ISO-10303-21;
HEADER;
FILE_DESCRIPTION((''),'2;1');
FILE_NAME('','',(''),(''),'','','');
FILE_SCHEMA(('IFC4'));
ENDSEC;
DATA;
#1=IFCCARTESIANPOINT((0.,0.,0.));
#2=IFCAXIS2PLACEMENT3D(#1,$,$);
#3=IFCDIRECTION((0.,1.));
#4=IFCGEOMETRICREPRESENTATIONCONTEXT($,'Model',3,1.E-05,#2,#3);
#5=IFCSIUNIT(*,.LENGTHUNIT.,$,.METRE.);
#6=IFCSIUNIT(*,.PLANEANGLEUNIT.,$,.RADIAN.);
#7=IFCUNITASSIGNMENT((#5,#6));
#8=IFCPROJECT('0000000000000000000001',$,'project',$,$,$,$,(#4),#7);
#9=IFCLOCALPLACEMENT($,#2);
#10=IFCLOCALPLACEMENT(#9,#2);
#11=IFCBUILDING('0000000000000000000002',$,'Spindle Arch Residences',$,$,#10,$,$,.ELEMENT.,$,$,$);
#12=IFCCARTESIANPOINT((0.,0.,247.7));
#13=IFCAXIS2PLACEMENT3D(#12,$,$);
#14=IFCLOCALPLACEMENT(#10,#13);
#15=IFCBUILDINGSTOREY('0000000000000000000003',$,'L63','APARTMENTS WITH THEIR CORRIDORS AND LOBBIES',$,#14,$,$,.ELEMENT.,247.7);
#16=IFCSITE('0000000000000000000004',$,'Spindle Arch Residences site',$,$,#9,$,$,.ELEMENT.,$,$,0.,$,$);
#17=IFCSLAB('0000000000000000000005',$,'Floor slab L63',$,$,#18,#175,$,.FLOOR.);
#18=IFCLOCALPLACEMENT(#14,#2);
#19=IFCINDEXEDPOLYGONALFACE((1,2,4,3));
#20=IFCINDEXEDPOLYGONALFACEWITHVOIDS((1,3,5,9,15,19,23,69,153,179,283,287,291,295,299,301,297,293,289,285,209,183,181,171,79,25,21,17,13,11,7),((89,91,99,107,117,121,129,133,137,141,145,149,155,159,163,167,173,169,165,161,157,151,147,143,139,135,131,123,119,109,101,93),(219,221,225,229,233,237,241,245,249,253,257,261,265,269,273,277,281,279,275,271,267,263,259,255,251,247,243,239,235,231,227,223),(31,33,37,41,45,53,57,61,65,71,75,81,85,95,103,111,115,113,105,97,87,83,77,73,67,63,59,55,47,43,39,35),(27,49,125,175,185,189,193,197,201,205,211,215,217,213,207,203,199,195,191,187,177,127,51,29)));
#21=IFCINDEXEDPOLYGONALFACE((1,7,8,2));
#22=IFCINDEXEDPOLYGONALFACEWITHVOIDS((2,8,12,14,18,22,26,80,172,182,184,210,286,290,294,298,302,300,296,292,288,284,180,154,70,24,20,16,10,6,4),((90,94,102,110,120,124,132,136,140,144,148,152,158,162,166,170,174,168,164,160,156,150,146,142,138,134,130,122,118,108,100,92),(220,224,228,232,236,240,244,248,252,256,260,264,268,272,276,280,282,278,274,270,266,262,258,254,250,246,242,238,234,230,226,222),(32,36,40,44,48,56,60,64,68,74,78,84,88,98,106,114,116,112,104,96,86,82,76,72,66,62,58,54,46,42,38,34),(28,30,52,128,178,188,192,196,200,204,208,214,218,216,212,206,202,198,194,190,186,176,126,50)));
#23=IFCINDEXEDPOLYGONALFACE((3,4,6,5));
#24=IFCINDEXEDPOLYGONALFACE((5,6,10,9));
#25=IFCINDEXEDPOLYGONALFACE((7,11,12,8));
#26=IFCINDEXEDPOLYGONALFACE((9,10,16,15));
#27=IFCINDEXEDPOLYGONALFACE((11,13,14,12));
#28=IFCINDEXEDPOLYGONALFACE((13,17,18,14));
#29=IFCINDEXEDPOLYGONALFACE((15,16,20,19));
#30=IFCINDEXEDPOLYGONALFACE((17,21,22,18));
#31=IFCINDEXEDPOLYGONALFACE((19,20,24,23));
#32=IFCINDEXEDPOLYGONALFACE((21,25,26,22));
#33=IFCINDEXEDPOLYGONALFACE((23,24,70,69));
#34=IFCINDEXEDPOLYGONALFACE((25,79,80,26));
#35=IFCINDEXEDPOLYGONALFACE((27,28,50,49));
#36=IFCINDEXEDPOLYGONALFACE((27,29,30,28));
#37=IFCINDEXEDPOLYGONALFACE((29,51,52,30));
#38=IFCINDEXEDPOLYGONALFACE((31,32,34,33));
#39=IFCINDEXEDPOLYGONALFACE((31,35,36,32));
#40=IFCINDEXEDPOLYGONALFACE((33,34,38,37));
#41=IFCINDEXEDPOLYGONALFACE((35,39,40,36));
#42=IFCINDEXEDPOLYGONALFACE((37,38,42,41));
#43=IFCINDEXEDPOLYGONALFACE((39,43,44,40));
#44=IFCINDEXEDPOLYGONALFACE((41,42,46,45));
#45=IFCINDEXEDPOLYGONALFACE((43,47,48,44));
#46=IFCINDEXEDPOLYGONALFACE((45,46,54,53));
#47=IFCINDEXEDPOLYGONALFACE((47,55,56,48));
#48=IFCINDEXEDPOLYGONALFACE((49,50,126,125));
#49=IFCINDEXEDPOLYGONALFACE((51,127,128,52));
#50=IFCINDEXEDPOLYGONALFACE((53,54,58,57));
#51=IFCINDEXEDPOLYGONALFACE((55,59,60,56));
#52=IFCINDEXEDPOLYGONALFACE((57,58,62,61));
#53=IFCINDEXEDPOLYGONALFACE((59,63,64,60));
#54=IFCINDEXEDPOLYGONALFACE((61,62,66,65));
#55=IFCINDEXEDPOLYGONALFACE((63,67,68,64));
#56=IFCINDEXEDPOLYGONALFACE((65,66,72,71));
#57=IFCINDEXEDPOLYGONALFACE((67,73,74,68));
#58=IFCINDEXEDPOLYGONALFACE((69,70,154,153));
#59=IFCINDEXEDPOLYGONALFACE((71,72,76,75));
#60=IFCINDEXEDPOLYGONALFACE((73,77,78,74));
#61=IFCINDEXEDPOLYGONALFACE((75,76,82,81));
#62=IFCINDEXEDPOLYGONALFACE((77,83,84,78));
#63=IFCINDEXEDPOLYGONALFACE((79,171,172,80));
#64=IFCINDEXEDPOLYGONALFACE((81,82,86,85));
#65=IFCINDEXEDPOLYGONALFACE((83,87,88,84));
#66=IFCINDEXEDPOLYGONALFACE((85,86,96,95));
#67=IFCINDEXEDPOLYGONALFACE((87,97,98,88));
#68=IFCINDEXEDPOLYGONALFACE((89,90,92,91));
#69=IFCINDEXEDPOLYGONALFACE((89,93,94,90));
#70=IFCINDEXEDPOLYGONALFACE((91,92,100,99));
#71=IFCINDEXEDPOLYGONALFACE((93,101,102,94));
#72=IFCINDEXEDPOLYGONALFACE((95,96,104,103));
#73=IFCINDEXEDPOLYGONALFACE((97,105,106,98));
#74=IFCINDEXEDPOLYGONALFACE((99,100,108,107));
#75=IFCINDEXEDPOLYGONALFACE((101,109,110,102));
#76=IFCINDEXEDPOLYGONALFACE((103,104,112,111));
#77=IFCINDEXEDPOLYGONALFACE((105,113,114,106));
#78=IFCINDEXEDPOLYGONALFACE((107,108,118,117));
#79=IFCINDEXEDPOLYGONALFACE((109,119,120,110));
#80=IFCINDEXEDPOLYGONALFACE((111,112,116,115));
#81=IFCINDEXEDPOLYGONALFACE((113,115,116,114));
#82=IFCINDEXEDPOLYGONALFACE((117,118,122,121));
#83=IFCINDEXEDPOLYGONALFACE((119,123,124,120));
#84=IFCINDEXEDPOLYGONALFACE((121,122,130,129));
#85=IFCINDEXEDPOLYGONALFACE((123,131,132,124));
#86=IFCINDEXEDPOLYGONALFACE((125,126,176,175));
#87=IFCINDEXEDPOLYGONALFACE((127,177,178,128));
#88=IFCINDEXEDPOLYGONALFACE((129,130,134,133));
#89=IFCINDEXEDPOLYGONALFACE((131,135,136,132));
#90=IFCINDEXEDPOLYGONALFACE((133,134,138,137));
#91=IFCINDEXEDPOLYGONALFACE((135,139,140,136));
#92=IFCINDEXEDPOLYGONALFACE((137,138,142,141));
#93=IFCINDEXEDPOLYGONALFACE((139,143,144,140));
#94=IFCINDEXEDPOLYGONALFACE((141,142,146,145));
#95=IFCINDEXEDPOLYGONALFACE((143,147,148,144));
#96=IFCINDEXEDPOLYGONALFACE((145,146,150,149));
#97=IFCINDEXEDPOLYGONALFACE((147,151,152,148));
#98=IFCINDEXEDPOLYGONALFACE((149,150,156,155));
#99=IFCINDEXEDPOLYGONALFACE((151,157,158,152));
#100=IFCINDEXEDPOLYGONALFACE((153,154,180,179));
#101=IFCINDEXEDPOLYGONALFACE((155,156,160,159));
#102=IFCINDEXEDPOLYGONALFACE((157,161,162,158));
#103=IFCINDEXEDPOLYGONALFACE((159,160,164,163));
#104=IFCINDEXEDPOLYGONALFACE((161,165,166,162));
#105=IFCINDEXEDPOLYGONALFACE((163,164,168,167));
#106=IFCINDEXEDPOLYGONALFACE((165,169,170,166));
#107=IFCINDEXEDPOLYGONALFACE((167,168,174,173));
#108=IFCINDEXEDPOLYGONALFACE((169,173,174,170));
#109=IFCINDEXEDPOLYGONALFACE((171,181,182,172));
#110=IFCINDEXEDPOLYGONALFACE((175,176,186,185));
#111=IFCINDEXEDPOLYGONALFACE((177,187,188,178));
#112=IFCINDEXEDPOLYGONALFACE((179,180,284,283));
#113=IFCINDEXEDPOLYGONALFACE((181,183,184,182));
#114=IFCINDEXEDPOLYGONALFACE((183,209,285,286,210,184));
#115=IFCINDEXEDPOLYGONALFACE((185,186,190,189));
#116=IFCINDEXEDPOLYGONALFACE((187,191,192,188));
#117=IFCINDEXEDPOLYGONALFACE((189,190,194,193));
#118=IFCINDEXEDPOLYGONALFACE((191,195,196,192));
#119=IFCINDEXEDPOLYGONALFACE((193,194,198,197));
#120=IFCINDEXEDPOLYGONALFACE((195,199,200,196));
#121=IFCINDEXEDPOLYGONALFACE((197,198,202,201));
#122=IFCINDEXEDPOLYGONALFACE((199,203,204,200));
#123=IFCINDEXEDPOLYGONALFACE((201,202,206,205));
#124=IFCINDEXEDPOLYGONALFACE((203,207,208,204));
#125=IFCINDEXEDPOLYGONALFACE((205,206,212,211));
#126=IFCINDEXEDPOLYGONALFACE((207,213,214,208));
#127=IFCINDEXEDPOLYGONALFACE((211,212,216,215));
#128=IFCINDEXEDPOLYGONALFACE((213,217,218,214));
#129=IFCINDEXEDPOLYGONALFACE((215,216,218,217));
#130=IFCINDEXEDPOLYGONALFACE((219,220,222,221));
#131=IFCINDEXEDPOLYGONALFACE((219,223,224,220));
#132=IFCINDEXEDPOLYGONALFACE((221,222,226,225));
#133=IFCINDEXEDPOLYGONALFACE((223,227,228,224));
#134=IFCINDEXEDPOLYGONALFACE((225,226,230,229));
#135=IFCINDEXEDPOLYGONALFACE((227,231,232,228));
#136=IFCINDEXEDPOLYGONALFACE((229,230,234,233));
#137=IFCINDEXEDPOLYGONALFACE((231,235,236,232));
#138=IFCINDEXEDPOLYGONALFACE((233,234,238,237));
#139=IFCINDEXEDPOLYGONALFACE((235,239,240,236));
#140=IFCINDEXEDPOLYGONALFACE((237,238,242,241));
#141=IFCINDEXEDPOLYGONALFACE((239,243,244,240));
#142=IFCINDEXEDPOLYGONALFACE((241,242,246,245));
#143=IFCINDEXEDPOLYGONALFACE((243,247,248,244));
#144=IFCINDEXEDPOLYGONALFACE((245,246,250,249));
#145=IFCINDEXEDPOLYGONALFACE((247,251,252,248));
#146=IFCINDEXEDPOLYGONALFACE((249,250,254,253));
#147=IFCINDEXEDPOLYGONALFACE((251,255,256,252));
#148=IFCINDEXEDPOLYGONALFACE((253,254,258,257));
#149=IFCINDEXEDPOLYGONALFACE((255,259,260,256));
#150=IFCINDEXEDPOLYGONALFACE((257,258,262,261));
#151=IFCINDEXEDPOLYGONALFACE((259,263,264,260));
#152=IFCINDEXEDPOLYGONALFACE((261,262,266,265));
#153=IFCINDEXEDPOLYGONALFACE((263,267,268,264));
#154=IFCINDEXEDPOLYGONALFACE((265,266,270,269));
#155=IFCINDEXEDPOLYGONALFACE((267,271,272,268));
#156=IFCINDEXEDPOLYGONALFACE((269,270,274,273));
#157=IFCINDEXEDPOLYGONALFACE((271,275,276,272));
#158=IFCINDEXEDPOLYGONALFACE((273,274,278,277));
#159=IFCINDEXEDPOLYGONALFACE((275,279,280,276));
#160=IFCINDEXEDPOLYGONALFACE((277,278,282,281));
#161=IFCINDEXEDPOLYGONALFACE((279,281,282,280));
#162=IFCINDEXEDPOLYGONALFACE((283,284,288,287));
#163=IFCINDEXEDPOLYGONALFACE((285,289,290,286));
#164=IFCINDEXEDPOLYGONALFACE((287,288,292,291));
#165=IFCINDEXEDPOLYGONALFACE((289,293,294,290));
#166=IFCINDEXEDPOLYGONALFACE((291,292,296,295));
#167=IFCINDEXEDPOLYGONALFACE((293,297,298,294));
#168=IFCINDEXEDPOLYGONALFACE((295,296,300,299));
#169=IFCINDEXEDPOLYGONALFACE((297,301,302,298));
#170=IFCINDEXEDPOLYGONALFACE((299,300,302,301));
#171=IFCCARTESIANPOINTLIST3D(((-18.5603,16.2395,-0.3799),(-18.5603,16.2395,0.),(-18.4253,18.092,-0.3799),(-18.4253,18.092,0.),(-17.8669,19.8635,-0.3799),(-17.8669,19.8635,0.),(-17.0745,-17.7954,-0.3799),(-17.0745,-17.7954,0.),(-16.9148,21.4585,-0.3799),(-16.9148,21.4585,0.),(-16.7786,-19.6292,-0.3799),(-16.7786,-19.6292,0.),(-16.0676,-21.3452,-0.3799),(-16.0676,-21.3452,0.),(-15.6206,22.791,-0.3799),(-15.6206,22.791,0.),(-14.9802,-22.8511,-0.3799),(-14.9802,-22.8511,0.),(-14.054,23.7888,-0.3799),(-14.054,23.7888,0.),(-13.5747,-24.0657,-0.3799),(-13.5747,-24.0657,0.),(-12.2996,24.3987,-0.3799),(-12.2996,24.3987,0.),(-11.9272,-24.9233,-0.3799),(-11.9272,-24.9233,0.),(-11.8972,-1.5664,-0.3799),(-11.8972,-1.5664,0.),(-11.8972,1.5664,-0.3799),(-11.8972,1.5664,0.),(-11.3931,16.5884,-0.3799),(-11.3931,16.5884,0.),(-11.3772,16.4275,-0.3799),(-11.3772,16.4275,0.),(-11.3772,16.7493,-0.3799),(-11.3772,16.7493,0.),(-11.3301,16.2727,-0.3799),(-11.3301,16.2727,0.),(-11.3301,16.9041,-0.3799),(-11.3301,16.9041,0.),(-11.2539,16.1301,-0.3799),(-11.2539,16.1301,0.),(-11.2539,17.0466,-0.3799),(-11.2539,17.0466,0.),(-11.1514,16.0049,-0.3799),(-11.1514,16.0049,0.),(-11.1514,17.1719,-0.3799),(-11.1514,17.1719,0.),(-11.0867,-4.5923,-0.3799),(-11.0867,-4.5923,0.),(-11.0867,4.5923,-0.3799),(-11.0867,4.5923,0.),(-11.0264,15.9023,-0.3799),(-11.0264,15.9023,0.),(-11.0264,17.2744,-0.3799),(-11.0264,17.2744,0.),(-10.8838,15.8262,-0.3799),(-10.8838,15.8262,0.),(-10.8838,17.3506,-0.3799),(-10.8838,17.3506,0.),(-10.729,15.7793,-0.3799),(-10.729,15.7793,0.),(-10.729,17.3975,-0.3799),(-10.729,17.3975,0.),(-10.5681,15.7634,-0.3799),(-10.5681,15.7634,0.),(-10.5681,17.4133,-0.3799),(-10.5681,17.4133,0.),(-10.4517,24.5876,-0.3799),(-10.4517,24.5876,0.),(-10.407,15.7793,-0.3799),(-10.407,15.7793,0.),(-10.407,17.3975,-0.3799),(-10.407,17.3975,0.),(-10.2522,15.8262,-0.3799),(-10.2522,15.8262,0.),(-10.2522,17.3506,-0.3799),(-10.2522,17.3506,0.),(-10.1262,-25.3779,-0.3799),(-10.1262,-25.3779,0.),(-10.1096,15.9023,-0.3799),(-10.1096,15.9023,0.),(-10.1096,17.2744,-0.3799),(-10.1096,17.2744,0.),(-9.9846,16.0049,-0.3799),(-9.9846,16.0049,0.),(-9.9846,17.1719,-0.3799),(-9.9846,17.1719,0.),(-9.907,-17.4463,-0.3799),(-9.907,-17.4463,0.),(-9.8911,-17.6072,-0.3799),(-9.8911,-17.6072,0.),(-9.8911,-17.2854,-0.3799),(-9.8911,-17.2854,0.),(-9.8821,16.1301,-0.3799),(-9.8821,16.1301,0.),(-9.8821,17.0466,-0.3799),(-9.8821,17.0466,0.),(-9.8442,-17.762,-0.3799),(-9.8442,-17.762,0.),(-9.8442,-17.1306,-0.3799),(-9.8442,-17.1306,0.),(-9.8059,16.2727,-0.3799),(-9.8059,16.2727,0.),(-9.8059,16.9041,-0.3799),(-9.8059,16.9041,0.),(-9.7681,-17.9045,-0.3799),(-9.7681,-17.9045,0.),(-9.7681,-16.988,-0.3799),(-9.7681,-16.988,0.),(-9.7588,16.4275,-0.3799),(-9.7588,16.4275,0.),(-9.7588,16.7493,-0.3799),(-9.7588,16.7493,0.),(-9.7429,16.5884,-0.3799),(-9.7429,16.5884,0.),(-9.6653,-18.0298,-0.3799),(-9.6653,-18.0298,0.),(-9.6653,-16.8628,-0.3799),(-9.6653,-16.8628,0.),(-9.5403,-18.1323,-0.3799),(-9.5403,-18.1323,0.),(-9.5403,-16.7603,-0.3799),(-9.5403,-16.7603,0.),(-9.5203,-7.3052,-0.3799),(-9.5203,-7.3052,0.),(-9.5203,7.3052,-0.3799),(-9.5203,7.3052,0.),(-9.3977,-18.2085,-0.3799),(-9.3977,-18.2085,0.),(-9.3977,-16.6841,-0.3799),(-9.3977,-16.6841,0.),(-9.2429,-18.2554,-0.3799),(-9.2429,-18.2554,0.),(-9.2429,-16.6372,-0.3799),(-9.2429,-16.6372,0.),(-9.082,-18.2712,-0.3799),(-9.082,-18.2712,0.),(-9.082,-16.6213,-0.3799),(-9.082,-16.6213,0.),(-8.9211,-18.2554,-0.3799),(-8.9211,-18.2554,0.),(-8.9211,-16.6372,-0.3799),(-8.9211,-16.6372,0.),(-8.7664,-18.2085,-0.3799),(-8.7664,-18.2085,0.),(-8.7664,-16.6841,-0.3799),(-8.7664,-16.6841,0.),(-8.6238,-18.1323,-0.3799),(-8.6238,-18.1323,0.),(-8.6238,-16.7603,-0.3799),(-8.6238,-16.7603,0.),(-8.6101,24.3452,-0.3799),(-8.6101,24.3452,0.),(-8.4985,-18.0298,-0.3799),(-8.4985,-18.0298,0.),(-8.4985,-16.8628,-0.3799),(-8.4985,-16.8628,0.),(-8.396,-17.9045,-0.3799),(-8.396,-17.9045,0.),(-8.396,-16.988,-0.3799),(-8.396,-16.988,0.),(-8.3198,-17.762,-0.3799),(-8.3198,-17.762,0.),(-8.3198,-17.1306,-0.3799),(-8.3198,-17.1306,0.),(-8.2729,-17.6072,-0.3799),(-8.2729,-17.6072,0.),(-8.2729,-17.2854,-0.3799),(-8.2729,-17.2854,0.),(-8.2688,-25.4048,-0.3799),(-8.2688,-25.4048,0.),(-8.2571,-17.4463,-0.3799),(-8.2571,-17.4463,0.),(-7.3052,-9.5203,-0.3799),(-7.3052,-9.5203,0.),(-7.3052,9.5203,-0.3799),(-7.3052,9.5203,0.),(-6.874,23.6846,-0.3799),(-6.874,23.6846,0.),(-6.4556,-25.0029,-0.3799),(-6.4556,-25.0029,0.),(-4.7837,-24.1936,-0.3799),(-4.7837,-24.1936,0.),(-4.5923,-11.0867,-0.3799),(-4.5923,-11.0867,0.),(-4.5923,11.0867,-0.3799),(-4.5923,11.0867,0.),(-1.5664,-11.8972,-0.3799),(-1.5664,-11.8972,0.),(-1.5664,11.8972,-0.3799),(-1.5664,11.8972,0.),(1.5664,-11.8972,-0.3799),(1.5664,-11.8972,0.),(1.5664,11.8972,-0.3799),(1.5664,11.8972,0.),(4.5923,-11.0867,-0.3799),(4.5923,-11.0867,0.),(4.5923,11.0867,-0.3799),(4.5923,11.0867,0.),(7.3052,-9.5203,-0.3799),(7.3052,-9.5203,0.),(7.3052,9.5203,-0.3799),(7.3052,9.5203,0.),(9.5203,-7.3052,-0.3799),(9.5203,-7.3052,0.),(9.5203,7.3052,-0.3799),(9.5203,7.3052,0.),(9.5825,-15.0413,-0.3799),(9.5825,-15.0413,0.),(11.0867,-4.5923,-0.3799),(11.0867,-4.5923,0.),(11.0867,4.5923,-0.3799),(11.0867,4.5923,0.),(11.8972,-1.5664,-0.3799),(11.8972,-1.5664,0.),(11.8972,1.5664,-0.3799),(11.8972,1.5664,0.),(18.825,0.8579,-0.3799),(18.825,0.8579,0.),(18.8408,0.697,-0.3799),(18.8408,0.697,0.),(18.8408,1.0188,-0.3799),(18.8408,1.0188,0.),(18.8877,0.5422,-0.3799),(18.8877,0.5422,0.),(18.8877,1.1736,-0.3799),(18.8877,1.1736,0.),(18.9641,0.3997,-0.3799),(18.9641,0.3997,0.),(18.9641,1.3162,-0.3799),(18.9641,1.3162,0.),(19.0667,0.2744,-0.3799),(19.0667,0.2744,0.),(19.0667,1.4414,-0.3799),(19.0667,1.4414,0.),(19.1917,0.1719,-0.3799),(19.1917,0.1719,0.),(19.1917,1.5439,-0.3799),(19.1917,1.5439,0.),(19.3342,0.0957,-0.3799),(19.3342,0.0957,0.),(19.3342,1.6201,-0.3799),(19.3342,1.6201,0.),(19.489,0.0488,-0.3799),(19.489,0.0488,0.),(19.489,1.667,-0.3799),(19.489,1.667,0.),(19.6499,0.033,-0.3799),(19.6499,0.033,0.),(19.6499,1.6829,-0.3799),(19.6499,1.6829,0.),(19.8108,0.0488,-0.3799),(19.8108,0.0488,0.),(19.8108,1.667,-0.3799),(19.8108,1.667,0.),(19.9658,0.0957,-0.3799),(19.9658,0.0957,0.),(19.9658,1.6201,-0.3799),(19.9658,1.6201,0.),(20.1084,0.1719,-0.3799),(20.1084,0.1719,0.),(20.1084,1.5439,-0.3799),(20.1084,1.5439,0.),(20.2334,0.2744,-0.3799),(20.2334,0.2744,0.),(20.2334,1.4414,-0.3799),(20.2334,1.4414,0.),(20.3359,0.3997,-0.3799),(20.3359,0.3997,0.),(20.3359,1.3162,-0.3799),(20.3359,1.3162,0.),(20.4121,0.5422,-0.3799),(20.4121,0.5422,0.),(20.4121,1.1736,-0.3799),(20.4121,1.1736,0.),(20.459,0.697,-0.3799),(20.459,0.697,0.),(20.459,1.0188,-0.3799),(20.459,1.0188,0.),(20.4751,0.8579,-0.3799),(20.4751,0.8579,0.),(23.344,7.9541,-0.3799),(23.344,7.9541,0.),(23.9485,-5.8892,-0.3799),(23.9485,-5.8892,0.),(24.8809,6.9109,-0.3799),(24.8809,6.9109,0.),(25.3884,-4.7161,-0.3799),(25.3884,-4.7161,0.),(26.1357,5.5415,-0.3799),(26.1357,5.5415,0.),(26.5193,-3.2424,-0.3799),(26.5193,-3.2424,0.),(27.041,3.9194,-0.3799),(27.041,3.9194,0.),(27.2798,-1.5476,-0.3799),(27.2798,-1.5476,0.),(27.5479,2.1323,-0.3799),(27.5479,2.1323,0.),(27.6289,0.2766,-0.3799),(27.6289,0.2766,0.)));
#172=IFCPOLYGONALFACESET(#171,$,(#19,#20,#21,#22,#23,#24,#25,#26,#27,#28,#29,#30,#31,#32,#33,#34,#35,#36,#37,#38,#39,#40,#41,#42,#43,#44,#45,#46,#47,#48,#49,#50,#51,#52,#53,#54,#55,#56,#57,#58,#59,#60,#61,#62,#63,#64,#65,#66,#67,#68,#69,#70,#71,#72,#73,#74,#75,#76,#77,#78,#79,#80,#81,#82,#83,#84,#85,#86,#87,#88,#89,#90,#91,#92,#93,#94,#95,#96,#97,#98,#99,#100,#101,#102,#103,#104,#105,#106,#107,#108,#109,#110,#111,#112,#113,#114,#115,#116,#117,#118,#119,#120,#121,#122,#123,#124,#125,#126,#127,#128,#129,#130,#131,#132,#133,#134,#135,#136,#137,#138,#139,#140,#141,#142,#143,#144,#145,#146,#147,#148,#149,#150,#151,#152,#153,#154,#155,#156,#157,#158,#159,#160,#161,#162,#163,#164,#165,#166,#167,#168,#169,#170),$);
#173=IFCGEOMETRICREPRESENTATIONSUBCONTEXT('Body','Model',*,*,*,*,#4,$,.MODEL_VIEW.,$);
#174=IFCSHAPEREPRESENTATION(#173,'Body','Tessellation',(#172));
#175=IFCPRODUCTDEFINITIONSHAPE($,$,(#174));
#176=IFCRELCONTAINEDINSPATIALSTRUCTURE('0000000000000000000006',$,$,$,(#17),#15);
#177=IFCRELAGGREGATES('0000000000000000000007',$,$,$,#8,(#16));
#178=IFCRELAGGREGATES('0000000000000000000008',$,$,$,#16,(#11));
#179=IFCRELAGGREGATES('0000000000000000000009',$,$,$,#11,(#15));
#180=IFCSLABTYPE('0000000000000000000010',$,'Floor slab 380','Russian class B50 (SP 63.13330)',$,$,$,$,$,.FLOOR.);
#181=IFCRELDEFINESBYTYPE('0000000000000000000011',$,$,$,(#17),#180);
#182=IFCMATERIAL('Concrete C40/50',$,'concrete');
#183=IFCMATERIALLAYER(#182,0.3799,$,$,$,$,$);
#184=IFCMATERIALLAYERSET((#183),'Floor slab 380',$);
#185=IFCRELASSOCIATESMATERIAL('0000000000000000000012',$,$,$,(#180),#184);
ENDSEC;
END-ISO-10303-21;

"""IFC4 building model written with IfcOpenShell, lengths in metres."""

from ifc_helpers import new_model, si_unit, direction, frame, origin, place, context, subcontext, project, spatial, polyline, outline, extrude, material, layer, layer_set, type_object, element, save


model = new_model("IFC4")

# Units and contexts
model_context = context("Model", 3, precision=1e-05, world=origin(), true_north=direction((0.0, 1.0)))
body_context = subcontext(model_context, "Body", "Model", "MODEL_VIEW")
ifc_project = project(units=[si_unit("LENGTHUNIT", "METRE"), si_unit("PLANEANGLEUNIT", "RADIAN")], contexts=[model_context])

# Site, building, storey
site_placement = place(None, origin())
site = spatial("IfcSite", under=ifc_project, at=site_placement, Name="Spindle Arch Residences site", CompositionType="ELEMENT", RefElevation=0.0)
building_placement = place(site_placement, origin())
building = spatial("IfcBuilding", under=site, at=building_placement, Name="Spindle Arch Residences", CompositionType="ELEMENT")
storey_placement = place(building_placement, frame((0.0, 0.0, 247.7)))
storey = spatial("IfcBuildingStorey", under=building, at=storey_placement, Name="L63", Description="APARTMENTS WITH THEIR CORRIDORS AND LOBBIES", CompositionType="ELEMENT", Elevation=247.7)

# Slab
ifc_material_1 = material(Name="Concrete C40/50", Category="concrete")
ifc_layer_1 = layer(ifc_material_1, 0.3799)
ifc_layer_set_1 = layer_set([ifc_layer_1], Name="Floor slab 380")
slab_type_1 = type_object("IfcSlabType", Name="Floor slab 380", Description="Russian class B50 (SP 63.13330)", PredefinedType="FLOOR", material=ifc_layer_set_1)
slab_1_placement = place(storey_placement, frame((0.0, 0.0, -0.3799)))
element("IfcSlab", 1, at=slab_1_placement, inside=storey, type_object=slab_type_1, Name="Floor slab L63", PredefinedType="FLOOR", context=body_context, shape_type="SweptSolid", body=[
    extrude(outline(polyline([(-6.4556, -25.0029), (-8.2688, -25.4048), (-10.1262, -25.3779), (-11.9272, -24.9233), (-13.5747, -24.0657), (-14.9802, -22.8511), (-16.0676, -21.3452), (-16.7786, -19.6292), (-17.0745, -17.7954), (-18.5603, 16.2395), (-18.4253, 18.092), (-17.8669, 19.8635), (-16.9148, 21.4585), (-15.6206, 22.791), (-14.054, 23.7888), (-12.2996, 24.3987), (-10.4517, 24.5876), (-8.6101, 24.3452), (-6.874, 23.6846), (23.344, 7.9541), (24.8809, 6.9109), (26.1357, 5.5415), (27.041, 3.9194), (27.5479, 2.1323), (27.6289, 0.2766), (27.2798, -1.5476), (26.5193, -3.2424), (25.3884, -4.7161), (23.9485, -5.8892), (9.5825, -15.0413), (-4.7837, -24.1936), (-6.4556, -25.0029)]), holes=[polyline([(7.3052, -9.5203), (9.5203, -7.3052), (11.0867, -4.5923), (11.8972, -1.5664), (11.8972, 1.5664), (11.0867, 4.5923), (9.5203, 7.3052), (7.3052, 9.5203), (4.5923, 11.0867), (1.5664, 11.8972), (-1.5664, 11.8972), (-4.5923, 11.0867), (-7.3052, 9.5203), (-9.5203, 7.3052), (-11.0867, 4.5923), (-11.8972, 1.5664), (-11.8972, -1.5664), (-11.0867, -4.5923), (-9.5203, -7.3052), (-7.3052, -9.5203), (-4.5923, -11.0867), (-1.5664, -11.8972), (1.5664, -11.8972), (4.5923, -11.0867), (7.3052, -9.5203)]), polyline([(-8.396, -17.9045), (-8.3198, -17.762), (-8.2729, -17.6072), (-8.2571, -17.4463), (-8.2729, -17.2854), (-8.3198, -17.1306), (-8.396, -16.988), (-8.4985, -16.8628), (-8.6238, -16.7603), (-8.7664, -16.6841), (-8.9211, -16.6372), (-9.082, -16.6213), (-9.2429, -16.6372), (-9.3977, -16.6841), (-9.5403, -16.7603), (-9.6653, -16.8628), (-9.7681, -16.988), (-9.8442, -17.1306), (-9.8911, -17.2854), (-9.907, -17.4463), (-9.8911, -17.6072), (-9.8442, -17.762), (-9.7681, -17.9045), (-9.6653, -18.0298), (-9.5403, -18.1323), (-9.3977, -18.2085), (-9.2429, -18.2554), (-9.082, -18.2712), (-8.9211, -18.2554), (-8.7664, -18.2085), (-8.6238, -18.1323), (-8.4985, -18.0298), (-8.396, -17.9045)]), polyline([(-9.8821, 16.1301), (-9.8059, 16.2727), (-9.7588, 16.4275), (-9.7429, 16.5884), (-9.7588, 16.7493), (-9.8059, 16.9041), (-9.8821, 17.0466), (-9.9846, 17.1719), (-10.1096, 17.2744), (-10.2522, 17.3506), (-10.407, 17.3975), (-10.5681, 17.4133), (-10.729, 17.3975), (-10.8838, 17.3506), (-11.0264, 17.2744), (-11.1514, 17.1719), (-11.2539, 17.0466), (-11.3301, 16.9041), (-11.3772, 16.7493), (-11.3931, 16.5884), (-11.3772, 16.4275), (-11.3301, 16.2727), (-11.2539, 16.1301), (-11.1514, 16.0049), (-11.0264, 15.9023), (-10.8838, 15.8262), (-10.729, 15.7793), (-10.5681, 15.7634), (-10.407, 15.7793), (-10.2522, 15.8262), (-10.1096, 15.9023), (-9.9846, 16.0049), (-9.8821, 16.1301)]), polyline([(20.2334, 0.2744), (20.3359, 0.3997), (20.4121, 0.5422), (20.459, 0.697), (20.4751, 0.8579), (20.459, 1.0188), (20.4121, 1.1736), (20.3359, 1.3162), (20.2334, 1.4414), (20.1084, 1.5439), (19.9658, 1.6201), (19.8108, 1.667), (19.6499, 1.6829), (19.489, 1.667), (19.3342, 1.6201), (19.1917, 1.5439), (19.0667, 1.4414), (18.9641, 1.3162), (18.8877, 1.1736), (18.8408, 1.0188), (18.825, 0.8579), (18.8408, 0.697), (18.8877, 0.5422), (18.9641, 0.3997), (19.0667, 0.2744), (19.1917, 0.1719), (19.3342, 0.0957), (19.489, 0.0488), (19.6499, 0.033), (19.8108, 0.0488), (19.9658, 0.0957), (20.1084, 0.1719), (20.2334, 0.2744)])]), origin(), (0.0, 0.0, 1.0), 0.3799),
])

save(model, "model.ifc")
